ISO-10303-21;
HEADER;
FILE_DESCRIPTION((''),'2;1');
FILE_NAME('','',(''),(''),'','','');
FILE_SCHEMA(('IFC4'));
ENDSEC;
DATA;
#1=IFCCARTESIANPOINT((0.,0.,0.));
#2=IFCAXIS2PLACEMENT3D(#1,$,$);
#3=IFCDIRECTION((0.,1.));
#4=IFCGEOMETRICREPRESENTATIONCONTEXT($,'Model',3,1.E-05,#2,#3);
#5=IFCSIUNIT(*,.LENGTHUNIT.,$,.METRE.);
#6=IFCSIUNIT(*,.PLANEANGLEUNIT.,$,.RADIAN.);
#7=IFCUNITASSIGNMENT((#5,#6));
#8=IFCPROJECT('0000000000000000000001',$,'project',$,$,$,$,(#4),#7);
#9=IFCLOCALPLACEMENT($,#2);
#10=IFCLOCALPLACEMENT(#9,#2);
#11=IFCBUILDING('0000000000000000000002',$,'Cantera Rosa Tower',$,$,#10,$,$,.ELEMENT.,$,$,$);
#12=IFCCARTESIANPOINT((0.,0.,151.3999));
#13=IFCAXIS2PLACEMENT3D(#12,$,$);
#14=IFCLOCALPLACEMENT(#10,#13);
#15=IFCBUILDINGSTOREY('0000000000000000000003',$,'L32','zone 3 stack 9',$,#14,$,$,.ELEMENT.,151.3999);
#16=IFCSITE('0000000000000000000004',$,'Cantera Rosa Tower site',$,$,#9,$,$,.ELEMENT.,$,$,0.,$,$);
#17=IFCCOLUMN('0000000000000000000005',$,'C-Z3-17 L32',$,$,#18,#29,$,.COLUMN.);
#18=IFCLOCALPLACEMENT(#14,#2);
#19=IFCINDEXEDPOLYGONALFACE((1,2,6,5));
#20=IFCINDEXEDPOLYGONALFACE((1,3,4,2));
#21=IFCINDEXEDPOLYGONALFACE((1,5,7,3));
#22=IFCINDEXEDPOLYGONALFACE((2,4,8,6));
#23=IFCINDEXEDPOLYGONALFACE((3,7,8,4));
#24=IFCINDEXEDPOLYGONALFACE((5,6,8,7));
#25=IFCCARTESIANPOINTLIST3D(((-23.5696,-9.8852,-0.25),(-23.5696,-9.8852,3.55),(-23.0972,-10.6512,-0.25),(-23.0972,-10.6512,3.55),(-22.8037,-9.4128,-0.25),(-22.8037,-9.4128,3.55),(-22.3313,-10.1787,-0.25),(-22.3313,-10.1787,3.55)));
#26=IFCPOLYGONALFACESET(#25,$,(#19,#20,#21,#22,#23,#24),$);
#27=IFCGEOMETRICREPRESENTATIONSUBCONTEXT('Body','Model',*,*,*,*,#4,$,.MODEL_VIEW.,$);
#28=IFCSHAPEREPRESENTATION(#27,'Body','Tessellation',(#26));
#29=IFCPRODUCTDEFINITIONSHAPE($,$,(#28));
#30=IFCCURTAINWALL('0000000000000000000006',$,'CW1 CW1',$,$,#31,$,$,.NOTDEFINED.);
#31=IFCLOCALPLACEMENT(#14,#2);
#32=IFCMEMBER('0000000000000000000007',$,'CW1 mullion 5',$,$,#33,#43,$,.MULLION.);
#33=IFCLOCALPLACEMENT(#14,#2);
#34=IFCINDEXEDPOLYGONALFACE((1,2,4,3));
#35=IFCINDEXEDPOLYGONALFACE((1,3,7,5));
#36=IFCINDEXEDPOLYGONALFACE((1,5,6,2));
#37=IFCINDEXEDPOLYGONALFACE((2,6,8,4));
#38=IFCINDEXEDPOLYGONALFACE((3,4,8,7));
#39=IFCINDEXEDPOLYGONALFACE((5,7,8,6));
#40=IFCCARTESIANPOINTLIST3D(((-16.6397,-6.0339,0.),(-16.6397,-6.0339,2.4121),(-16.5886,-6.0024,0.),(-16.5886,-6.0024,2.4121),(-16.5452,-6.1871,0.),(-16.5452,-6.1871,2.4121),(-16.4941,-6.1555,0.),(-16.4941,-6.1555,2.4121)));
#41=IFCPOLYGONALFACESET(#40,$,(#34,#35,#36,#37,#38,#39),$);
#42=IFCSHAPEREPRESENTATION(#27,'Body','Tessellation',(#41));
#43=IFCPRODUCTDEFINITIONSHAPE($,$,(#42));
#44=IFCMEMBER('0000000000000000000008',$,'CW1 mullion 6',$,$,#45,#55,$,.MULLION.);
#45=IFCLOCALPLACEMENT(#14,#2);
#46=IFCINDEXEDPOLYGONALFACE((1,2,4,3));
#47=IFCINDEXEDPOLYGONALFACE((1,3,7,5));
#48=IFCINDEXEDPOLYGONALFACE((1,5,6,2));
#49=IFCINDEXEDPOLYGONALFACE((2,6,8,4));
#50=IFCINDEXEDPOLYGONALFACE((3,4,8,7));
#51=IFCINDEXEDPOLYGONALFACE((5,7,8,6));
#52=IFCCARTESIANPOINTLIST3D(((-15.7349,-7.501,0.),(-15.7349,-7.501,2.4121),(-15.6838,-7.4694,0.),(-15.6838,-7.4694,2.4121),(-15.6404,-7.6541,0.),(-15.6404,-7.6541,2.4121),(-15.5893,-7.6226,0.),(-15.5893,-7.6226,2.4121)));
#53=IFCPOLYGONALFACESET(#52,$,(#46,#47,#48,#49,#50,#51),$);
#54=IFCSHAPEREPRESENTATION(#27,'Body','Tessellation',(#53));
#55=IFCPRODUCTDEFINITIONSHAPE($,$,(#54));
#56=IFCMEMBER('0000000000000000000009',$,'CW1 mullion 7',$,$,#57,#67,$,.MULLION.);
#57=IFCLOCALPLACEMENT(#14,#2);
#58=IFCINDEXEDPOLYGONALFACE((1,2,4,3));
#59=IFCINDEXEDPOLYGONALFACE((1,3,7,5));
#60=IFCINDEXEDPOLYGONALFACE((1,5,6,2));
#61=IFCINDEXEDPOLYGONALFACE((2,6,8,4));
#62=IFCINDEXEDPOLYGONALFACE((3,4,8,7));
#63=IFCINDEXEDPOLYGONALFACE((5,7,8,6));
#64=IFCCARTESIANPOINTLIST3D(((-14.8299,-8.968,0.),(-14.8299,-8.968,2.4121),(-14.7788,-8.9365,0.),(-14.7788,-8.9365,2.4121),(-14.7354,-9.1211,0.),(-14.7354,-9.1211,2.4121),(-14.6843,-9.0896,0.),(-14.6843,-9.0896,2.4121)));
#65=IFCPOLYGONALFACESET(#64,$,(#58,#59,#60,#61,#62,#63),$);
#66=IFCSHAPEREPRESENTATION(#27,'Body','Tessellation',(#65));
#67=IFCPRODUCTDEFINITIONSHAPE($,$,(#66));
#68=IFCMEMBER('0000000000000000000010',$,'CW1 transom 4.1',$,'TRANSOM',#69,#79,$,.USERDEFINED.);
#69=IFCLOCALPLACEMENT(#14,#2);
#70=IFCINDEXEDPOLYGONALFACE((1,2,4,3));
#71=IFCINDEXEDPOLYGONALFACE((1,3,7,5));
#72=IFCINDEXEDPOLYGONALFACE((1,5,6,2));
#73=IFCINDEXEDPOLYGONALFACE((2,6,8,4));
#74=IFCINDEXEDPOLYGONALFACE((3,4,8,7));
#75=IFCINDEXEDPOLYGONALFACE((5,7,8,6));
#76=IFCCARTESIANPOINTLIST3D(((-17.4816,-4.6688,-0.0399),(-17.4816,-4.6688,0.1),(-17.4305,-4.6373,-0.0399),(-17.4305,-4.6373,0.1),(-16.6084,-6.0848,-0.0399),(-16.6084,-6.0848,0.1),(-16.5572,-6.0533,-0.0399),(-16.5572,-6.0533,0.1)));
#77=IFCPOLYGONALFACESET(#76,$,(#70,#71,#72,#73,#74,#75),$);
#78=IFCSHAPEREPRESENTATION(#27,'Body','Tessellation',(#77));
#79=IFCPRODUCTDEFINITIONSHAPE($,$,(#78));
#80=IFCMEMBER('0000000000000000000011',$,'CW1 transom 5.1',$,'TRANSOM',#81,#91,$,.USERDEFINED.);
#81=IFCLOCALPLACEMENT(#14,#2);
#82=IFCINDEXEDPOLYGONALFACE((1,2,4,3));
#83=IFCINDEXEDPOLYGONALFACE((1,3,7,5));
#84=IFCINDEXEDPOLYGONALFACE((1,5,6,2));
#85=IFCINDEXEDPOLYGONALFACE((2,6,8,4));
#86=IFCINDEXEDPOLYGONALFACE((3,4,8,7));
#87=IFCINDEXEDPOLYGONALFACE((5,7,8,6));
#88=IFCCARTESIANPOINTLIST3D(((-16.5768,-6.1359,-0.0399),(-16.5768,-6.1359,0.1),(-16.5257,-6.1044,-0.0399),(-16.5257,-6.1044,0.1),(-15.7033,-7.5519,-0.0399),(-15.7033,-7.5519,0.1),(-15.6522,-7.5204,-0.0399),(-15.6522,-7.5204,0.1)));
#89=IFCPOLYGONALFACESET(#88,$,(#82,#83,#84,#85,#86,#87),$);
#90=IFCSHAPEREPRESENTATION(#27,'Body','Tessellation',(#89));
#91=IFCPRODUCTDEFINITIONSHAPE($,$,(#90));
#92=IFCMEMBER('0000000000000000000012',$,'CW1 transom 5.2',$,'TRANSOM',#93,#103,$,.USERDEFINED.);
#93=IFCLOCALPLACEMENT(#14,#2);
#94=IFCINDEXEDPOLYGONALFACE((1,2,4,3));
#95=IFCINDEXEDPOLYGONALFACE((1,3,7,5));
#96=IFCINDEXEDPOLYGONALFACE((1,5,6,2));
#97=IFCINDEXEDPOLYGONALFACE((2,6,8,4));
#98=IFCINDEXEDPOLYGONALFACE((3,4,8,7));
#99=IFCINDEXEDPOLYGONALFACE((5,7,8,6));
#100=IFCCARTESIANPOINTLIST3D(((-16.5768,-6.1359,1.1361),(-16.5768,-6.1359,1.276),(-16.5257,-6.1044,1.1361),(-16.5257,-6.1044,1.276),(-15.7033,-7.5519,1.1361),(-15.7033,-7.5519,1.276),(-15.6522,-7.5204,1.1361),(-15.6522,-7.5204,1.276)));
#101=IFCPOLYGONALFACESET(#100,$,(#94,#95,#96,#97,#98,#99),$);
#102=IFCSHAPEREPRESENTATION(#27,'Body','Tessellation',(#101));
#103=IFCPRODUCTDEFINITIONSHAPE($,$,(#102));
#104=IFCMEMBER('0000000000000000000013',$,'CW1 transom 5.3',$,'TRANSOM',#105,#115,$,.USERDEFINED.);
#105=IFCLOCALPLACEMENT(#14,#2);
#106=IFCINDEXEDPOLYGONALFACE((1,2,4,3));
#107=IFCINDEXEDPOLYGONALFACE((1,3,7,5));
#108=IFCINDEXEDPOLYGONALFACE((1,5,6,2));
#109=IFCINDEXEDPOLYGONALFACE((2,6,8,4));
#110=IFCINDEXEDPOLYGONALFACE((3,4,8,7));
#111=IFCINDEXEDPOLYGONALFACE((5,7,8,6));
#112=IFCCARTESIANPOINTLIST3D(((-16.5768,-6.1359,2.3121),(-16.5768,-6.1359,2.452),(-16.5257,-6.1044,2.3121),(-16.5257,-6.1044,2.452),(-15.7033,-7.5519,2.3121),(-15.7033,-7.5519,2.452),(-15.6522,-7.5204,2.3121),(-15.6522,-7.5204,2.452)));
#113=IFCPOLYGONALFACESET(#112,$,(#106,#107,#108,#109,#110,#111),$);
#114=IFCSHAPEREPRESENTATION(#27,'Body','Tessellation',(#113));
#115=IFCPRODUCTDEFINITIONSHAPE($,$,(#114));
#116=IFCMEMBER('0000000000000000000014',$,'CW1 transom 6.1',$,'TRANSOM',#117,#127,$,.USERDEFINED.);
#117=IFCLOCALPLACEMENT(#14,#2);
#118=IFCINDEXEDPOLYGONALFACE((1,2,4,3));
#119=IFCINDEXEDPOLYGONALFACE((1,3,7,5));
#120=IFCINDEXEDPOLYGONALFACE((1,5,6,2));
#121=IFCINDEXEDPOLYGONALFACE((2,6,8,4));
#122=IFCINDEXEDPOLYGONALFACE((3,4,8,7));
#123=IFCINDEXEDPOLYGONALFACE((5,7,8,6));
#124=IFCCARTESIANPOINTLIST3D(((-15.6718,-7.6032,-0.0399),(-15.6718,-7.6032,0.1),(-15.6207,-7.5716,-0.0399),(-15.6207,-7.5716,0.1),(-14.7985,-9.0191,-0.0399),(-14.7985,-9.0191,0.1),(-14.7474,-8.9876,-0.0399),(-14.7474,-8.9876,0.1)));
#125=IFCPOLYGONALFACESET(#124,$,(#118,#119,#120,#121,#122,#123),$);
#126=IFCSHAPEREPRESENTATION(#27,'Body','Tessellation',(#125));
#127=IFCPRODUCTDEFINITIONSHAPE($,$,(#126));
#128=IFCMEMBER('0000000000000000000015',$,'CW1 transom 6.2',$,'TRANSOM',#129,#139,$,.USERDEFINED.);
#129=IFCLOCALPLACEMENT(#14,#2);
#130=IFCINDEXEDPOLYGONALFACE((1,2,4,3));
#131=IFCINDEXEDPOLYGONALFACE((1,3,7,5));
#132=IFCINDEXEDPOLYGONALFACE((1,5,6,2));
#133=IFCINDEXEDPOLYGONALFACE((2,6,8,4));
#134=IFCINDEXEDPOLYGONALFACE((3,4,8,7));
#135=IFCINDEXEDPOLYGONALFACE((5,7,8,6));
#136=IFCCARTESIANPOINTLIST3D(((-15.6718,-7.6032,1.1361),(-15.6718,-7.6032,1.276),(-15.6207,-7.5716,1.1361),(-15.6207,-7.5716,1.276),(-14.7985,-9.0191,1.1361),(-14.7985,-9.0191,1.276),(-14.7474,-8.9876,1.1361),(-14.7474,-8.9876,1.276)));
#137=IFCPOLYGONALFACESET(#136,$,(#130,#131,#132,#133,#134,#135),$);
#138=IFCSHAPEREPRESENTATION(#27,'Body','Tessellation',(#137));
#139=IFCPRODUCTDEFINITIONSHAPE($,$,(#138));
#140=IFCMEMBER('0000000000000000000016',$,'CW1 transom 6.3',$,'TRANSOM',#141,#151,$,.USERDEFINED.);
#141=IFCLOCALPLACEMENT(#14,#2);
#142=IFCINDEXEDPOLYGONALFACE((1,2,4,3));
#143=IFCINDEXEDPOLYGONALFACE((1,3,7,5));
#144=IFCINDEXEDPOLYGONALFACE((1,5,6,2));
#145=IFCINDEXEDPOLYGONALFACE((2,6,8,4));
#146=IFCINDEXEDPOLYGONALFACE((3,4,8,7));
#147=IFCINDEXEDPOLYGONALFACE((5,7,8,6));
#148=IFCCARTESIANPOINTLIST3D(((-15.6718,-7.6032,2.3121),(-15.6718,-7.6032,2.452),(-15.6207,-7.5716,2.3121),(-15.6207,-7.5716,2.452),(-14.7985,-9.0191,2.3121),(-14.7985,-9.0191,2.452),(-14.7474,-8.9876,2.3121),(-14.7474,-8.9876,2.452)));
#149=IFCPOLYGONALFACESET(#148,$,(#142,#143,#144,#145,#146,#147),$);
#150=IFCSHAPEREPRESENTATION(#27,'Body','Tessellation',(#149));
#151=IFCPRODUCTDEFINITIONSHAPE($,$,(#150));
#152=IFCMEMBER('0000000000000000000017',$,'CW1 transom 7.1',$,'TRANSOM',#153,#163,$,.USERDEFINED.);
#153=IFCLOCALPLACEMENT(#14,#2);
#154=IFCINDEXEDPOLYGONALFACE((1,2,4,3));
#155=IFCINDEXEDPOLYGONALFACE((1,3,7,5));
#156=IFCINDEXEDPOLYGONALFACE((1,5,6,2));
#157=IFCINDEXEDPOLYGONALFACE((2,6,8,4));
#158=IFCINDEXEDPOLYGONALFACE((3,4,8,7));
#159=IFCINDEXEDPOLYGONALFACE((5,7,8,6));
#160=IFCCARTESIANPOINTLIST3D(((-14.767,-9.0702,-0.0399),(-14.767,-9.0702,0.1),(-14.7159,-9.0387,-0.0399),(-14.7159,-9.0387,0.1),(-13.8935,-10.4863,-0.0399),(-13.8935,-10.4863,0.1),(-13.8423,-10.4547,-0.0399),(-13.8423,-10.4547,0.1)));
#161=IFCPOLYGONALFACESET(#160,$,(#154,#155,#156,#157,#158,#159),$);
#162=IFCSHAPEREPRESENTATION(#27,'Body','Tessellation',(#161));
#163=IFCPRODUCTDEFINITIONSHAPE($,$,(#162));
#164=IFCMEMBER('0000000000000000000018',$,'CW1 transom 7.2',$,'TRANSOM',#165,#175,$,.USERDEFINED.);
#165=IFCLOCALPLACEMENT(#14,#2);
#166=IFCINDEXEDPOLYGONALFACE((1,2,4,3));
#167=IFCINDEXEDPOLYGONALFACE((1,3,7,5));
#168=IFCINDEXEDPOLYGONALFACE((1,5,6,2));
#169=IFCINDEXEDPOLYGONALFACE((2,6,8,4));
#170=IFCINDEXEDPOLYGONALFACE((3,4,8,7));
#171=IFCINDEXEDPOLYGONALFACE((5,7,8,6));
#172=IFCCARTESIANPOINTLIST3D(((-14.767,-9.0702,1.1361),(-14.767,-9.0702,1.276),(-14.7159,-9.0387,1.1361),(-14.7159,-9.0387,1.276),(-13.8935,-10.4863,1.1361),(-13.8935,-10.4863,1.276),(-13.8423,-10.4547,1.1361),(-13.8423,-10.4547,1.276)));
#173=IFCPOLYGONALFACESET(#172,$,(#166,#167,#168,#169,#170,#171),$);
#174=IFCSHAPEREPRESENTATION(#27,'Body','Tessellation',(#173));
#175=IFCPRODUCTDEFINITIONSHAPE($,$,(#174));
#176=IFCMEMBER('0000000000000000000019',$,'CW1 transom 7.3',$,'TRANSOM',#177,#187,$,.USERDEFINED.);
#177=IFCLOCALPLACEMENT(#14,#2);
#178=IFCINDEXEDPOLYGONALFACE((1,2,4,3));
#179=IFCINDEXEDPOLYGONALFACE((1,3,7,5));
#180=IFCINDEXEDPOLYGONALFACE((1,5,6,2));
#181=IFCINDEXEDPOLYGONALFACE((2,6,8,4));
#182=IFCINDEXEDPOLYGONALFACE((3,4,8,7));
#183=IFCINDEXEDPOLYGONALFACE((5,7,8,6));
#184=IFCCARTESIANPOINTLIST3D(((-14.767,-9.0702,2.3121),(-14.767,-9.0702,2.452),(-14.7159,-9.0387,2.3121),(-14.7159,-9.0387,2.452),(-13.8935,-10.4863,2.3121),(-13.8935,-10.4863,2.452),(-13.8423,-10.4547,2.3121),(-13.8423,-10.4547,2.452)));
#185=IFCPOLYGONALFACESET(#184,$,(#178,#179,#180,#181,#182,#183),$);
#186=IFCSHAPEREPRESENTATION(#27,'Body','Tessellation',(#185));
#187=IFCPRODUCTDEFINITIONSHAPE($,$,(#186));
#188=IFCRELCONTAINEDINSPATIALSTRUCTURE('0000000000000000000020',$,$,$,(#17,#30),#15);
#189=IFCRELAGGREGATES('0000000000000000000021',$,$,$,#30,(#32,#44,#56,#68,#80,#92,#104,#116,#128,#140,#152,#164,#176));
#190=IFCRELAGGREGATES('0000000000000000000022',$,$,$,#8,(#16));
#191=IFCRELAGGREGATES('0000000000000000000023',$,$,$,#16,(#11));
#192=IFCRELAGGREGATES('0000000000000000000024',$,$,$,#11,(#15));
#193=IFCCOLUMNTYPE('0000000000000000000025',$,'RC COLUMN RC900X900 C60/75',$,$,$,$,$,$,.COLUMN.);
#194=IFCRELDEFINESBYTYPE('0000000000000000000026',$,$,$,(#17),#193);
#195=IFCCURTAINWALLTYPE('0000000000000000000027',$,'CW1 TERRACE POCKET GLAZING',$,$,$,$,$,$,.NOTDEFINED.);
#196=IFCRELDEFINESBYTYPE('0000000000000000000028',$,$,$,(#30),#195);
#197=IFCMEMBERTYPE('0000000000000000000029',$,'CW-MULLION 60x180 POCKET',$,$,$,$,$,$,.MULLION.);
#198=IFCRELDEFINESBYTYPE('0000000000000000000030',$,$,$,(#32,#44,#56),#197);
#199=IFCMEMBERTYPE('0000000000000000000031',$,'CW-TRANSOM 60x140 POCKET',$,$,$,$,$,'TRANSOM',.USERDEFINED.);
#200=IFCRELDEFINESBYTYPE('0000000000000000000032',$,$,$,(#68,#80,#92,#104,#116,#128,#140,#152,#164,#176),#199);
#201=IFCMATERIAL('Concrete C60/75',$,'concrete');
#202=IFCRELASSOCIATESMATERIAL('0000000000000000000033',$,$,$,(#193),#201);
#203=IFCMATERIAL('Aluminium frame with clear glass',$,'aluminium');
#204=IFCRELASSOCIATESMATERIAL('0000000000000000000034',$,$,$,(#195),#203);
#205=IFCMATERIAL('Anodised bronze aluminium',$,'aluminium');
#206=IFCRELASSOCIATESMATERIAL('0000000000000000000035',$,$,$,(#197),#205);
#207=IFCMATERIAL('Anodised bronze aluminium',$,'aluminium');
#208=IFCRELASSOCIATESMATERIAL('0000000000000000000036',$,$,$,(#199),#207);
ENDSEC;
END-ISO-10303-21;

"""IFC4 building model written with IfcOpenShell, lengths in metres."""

from ifc_helpers import new_model, si_unit, direction, frame, origin, origin_2d, place, context, subcontext, project, spatial, rectangle, extrude, material, material_profile, profile_set, type_object, element, aggregate, save


model = new_model("IFC4")

# Units and contexts
model_context = context("Model", 3, precision=1e-05, world=origin(), true_north=direction((0.0, 1.0)))
body_context = subcontext(model_context, "Body", "Model", "MODEL_VIEW")
ifc_project = project(units=[si_unit("LENGTHUNIT", "METRE"), si_unit("PLANEANGLEUNIT", "RADIAN")], contexts=[model_context])

# Site, building, storey
site_placement = place(None, origin())
site = spatial("IfcSite", under=ifc_project, at=site_placement, Name="Cantera Rosa Tower site", CompositionType="ELEMENT", RefElevation=0.0)
building_placement = place(site_placement, origin())
building = spatial("IfcBuilding", under=site, at=building_placement, Name="Cantera Rosa Tower", CompositionType="ELEMENT")
storey_placement = place(building_placement, frame((0.0, 0.0, 151.3999)))
storey = spatial("IfcBuildingStorey", under=building, at=storey_placement, Name="L32", Description="zone 3 stack 9", CompositionType="ELEMENT", Elevation=151.3999)

# Column
ifc_material_1 = material(Name="Concrete C60/75", Category="concrete")
ifc_material_profile_1 = material_profile(ifc_material_1, rectangle(XDim=0.8999, YDim=0.8999, at=origin_2d()), Name="RC COLUMN RC900X900 C60/75")
ifc_profile_set_1 = profile_set([ifc_material_profile_1], Name="Concrete C60/75")
column_type = type_object("IfcColumnType", Name="RC COLUMN RC900X900 C60/75", PredefinedType="COLUMN", material=ifc_profile_set_1)
column_placement = place(storey_placement, frame((-22.9504, -10.032, -0.25), z_axis=(0.0, 0.0, 1.0), x_axis=(0.851117, 0.524977, 0.0)))
element("IfcColumn", 1, at=column_placement, inside=storey, type_object=column_type, Name="C-Z3-17 L32", PredefinedType="COLUMN", context=body_context, shape_type="SweptSolid", body=[
    extrude(rectangle(XDim=0.8999, YDim=0.8999, at=origin_2d()), origin(), (0.0, 0.0, 1.0), 3.8),
])

# Curtain wall, members
ifc_material_2 = material(Name="Aluminium frame with clear glass", Category="aluminium")
curtain_wall_type = type_object("IfcCurtainWallType", Name="CW1 TERRACE POCKET GLAZING", PredefinedType="NOTDEFINED", material=ifc_material_2)
curtain_wall_placement = place(storey_placement, origin())
curtain_wall = element("IfcCurtainWall", 2, at=curtain_wall_placement, inside=storey, type_object=curtain_wall_type, Name="CW1 CW1", PredefinedType="NOTDEFINED")
ifc_material_3 = material(Name="Anodised bronze aluminium", Category="aluminium")
ifc_material_profile_2 = material_profile(ifc_material_3, rectangle(XDim=0.0601, YDim=0.1799, at=origin_2d()), Name="CW-MULLION 60x180 POCKET")
ifc_profile_set_2 = profile_set([ifc_material_profile_2], Name="Anodised bronze aluminium")
member_type_1 = type_object("IfcMemberType", Name="CW-MULLION 60x180 POCKET", PredefinedType="MULLION", material=ifc_profile_set_2)
member_1_placement = place(storey_placement, frame((-16.5669, -6.0947, 0.0), z_axis=(0.0, 0.0, 1.0), x_axis=(0.851117, 0.524977, 0.0)))
member_1 = element("IfcMember", 3, at=member_1_placement, type_object=member_type_1, Name="CW1 mullion 5", PredefinedType="MULLION", context=body_context, shape_type="SweptSolid", body=[
    extrude(rectangle(XDim=0.0601, YDim=0.1799, at=origin_2d()), origin(), (0.0, 0.0, 1.0), 2.4121),
])
member_2_placement = place(storey_placement, frame((-15.6621, -7.5618, 0.0), z_axis=(0.0, 0.0, 1.0), x_axis=(0.851117, 0.524977, 0.0)))
member_2 = element("IfcMember", 4, at=member_2_placement, type_object=member_type_1, Name="CW1 mullion 6", PredefinedType="MULLION", context=body_context, shape_type="SweptSolid", body=[
    extrude(rectangle(XDim=0.0601, YDim=0.1799, at=origin_2d()), origin(), (0.0, 0.0, 1.0), 2.4121),
])
member_3_placement = place(storey_placement, frame((-14.7571, -9.0288, 0.0), z_axis=(0.0, 0.0, 1.0), x_axis=(0.851117, 0.524977, 0.0)))
member_3 = element("IfcMember", 5, at=member_3_placement, type_object=member_type_1, Name="CW1 mullion 7", PredefinedType="MULLION", context=body_context, shape_type="SweptSolid", body=[
    extrude(rectangle(XDim=0.0601, YDim=0.1799, at=origin_2d()), origin(), (0.0, 0.0, 1.0), 2.4121),
])
ifc_material_4 = material(Name="Anodised bronze aluminium", Category="aluminium")
ifc_material_profile_3 = material_profile(ifc_material_4, rectangle(XDim=0.0601, YDim=0.1399, at=origin_2d()), Name="CW-TRANSOM 60x140 POCKET")
ifc_profile_set_3 = profile_set([ifc_material_profile_3], Name="Anodised bronze aluminium")
member_type_2 = type_object("IfcMemberType", Name="CW-TRANSOM 60x140 POCKET", ElementType="TRANSOM", PredefinedType="USERDEFINED", material=ifc_profile_set_3)
member_4_placement = place(storey_placement, frame((-17.4561, -4.6531, 0.03), z_axis=(0.524924, -0.851149, 0.0), x_axis=(0.851149, 0.524924, 0.0)))
member_4 = element("IfcMember", 6, at=member_4_placement, type_object=member_type_2, Name="CW1 transom 4.1", ObjectType="TRANSOM", PredefinedType="USERDEFINED", context=body_context, shape_type="SweptSolid", body=[
    extrude(rectangle(XDim=0.0601, YDim=0.1399, at=origin_2d()), origin(), (0.0, 0.0, 1.0), 1.6636),
])
member_5_placement = place(storey_placement, frame((-16.5513, -6.1201, 0.03), z_axis=(0.52503, -0.851083, 0.0), x_axis=(0.851083, 0.52503, 0.0)))
member_5 = element("IfcMember", 7, at=member_5_placement, type_object=member_type_2, Name="CW1 transom 5.1", ObjectType="TRANSOM", PredefinedType="USERDEFINED", context=body_context, shape_type="SweptSolid", body=[
    extrude(rectangle(XDim=0.0601, YDim=0.1399, at=origin_2d()), origin(), (0.0, 0.0, 1.0), 1.6638),
])
member_6_placement = place(storey_placement, frame((-16.5513, -6.1201, 1.2061), z_axis=(0.52503, -0.851083, 0.0), x_axis=(0.851083, 0.52503, 0.0)))
member_6 = element("IfcMember", 8, at=member_6_placement, type_object=member_type_2, Name="CW1 transom 5.2", ObjectType="TRANSOM", PredefinedType="USERDEFINED", context=body_context, shape_type="SweptSolid", body=[
    extrude(rectangle(XDim=0.0601, YDim=0.1399, at=origin_2d()), origin(), (0.0, 0.0, 1.0), 1.6638),
])
member_7_placement = place(storey_placement, frame((-16.5513, -6.1201, 2.3821), z_axis=(0.52503, -0.851083, 0.0), x_axis=(0.851083, 0.52503, 0.0)))
member_7 = element("IfcMember", 9, at=member_7_placement, type_object=member_type_2, Name="CW1 transom 5.3", ObjectType="TRANSOM", PredefinedType="USERDEFINED", context=body_context, shape_type="SweptSolid", body=[
    extrude(rectangle(XDim=0.0601, YDim=0.1399, at=origin_2d()), origin(), (0.0, 0.0, 1.0), 1.6638),
])
member_8_placement = place(storey_placement, frame((-15.6462, -7.5874, 0.03), z_axis=(0.524924, -0.851149, 0.0), x_axis=(0.851149, 0.524924, 0.0)))
member_8 = element("IfcMember", 10, at=member_8_placement, type_object=member_type_2, Name="CW1 transom 6.1", ObjectType="TRANSOM", PredefinedType="USERDEFINED", context=body_context, shape_type="SweptSolid", body=[
    extrude(rectangle(XDim=0.0601, YDim=0.1399, at=origin_2d()), origin(), (0.0, 0.0, 1.0), 1.6636),
])
member_9_placement = place(storey_placement, frame((-15.6462, -7.5874, 1.2061), z_axis=(0.524924, -0.851149, 0.0), x_axis=(0.851149, 0.524924, 0.0)))
member_9 = element("IfcMember", 11, at=member_9_placement, type_object=member_type_2, Name="CW1 transom 6.2", ObjectType="TRANSOM", PredefinedType="USERDEFINED", context=body_context, shape_type="SweptSolid", body=[
    extrude(rectangle(XDim=0.0601, YDim=0.1399, at=origin_2d()), origin(), (0.0, 0.0, 1.0), 1.6636),
])
member_10_placement = place(storey_placement, frame((-15.6462, -7.5874, 2.3821), z_axis=(0.524924, -0.851149, 0.0), x_axis=(0.851149, 0.524924, 0.0)))
member_10 = element("IfcMember", 12, at=member_10_placement, type_object=member_type_2, Name="CW1 transom 6.3", ObjectType="TRANSOM", PredefinedType="USERDEFINED", context=body_context, shape_type="SweptSolid", body=[
    extrude(rectangle(XDim=0.0601, YDim=0.1399, at=origin_2d()), origin(), (0.0, 0.0, 1.0), 1.6636),
])
member_11_placement = place(storey_placement, frame((-14.7415, -9.0544, 0.03), z_axis=(0.52503, -0.851083, 0.0), x_axis=(0.851083, 0.52503, 0.0)))
member_11 = element("IfcMember", 13, at=member_11_placement, type_object=member_type_2, Name="CW1 transom 7.1", ObjectType="TRANSOM", PredefinedType="USERDEFINED", context=body_context, shape_type="SweptSolid", body=[
    extrude(rectangle(XDim=0.0601, YDim=0.1399, at=origin_2d()), origin(), (0.0, 0.0, 1.0), 1.6638),
])
member_12_placement = place(storey_placement, frame((-14.7415, -9.0544, 1.2061), z_axis=(0.52503, -0.851083, 0.0), x_axis=(0.851083, 0.52503, 0.0)))
member_12 = element("IfcMember", 14, at=member_12_placement, type_object=member_type_2, Name="CW1 transom 7.2", ObjectType="TRANSOM", PredefinedType="USERDEFINED", context=body_context, shape_type="SweptSolid", body=[
    extrude(rectangle(XDim=0.0601, YDim=0.1399, at=origin_2d()), origin(), (0.0, 0.0, 1.0), 1.6638),
])
member_13_placement = place(storey_placement, frame((-14.7415, -9.0544, 2.3821), z_axis=(0.52503, -0.851083, 0.0), x_axis=(0.851083, 0.52503, 0.0)))
member_13 = element("IfcMember", 15, at=member_13_placement, type_object=member_type_2, Name="CW1 transom 7.3", ObjectType="TRANSOM", PredefinedType="USERDEFINED", context=body_context, shape_type="SweptSolid", body=[
    extrude(rectangle(XDim=0.0601, YDim=0.1399, at=origin_2d()), origin(), (0.0, 0.0, 1.0), 1.6638),
])

aggregate(curtain_wall, [member_1, member_2, member_3, member_4, member_5, member_6, member_7, member_8, member_9, member_10, member_11, member_12, member_13])

save(model, "model.ifc")
